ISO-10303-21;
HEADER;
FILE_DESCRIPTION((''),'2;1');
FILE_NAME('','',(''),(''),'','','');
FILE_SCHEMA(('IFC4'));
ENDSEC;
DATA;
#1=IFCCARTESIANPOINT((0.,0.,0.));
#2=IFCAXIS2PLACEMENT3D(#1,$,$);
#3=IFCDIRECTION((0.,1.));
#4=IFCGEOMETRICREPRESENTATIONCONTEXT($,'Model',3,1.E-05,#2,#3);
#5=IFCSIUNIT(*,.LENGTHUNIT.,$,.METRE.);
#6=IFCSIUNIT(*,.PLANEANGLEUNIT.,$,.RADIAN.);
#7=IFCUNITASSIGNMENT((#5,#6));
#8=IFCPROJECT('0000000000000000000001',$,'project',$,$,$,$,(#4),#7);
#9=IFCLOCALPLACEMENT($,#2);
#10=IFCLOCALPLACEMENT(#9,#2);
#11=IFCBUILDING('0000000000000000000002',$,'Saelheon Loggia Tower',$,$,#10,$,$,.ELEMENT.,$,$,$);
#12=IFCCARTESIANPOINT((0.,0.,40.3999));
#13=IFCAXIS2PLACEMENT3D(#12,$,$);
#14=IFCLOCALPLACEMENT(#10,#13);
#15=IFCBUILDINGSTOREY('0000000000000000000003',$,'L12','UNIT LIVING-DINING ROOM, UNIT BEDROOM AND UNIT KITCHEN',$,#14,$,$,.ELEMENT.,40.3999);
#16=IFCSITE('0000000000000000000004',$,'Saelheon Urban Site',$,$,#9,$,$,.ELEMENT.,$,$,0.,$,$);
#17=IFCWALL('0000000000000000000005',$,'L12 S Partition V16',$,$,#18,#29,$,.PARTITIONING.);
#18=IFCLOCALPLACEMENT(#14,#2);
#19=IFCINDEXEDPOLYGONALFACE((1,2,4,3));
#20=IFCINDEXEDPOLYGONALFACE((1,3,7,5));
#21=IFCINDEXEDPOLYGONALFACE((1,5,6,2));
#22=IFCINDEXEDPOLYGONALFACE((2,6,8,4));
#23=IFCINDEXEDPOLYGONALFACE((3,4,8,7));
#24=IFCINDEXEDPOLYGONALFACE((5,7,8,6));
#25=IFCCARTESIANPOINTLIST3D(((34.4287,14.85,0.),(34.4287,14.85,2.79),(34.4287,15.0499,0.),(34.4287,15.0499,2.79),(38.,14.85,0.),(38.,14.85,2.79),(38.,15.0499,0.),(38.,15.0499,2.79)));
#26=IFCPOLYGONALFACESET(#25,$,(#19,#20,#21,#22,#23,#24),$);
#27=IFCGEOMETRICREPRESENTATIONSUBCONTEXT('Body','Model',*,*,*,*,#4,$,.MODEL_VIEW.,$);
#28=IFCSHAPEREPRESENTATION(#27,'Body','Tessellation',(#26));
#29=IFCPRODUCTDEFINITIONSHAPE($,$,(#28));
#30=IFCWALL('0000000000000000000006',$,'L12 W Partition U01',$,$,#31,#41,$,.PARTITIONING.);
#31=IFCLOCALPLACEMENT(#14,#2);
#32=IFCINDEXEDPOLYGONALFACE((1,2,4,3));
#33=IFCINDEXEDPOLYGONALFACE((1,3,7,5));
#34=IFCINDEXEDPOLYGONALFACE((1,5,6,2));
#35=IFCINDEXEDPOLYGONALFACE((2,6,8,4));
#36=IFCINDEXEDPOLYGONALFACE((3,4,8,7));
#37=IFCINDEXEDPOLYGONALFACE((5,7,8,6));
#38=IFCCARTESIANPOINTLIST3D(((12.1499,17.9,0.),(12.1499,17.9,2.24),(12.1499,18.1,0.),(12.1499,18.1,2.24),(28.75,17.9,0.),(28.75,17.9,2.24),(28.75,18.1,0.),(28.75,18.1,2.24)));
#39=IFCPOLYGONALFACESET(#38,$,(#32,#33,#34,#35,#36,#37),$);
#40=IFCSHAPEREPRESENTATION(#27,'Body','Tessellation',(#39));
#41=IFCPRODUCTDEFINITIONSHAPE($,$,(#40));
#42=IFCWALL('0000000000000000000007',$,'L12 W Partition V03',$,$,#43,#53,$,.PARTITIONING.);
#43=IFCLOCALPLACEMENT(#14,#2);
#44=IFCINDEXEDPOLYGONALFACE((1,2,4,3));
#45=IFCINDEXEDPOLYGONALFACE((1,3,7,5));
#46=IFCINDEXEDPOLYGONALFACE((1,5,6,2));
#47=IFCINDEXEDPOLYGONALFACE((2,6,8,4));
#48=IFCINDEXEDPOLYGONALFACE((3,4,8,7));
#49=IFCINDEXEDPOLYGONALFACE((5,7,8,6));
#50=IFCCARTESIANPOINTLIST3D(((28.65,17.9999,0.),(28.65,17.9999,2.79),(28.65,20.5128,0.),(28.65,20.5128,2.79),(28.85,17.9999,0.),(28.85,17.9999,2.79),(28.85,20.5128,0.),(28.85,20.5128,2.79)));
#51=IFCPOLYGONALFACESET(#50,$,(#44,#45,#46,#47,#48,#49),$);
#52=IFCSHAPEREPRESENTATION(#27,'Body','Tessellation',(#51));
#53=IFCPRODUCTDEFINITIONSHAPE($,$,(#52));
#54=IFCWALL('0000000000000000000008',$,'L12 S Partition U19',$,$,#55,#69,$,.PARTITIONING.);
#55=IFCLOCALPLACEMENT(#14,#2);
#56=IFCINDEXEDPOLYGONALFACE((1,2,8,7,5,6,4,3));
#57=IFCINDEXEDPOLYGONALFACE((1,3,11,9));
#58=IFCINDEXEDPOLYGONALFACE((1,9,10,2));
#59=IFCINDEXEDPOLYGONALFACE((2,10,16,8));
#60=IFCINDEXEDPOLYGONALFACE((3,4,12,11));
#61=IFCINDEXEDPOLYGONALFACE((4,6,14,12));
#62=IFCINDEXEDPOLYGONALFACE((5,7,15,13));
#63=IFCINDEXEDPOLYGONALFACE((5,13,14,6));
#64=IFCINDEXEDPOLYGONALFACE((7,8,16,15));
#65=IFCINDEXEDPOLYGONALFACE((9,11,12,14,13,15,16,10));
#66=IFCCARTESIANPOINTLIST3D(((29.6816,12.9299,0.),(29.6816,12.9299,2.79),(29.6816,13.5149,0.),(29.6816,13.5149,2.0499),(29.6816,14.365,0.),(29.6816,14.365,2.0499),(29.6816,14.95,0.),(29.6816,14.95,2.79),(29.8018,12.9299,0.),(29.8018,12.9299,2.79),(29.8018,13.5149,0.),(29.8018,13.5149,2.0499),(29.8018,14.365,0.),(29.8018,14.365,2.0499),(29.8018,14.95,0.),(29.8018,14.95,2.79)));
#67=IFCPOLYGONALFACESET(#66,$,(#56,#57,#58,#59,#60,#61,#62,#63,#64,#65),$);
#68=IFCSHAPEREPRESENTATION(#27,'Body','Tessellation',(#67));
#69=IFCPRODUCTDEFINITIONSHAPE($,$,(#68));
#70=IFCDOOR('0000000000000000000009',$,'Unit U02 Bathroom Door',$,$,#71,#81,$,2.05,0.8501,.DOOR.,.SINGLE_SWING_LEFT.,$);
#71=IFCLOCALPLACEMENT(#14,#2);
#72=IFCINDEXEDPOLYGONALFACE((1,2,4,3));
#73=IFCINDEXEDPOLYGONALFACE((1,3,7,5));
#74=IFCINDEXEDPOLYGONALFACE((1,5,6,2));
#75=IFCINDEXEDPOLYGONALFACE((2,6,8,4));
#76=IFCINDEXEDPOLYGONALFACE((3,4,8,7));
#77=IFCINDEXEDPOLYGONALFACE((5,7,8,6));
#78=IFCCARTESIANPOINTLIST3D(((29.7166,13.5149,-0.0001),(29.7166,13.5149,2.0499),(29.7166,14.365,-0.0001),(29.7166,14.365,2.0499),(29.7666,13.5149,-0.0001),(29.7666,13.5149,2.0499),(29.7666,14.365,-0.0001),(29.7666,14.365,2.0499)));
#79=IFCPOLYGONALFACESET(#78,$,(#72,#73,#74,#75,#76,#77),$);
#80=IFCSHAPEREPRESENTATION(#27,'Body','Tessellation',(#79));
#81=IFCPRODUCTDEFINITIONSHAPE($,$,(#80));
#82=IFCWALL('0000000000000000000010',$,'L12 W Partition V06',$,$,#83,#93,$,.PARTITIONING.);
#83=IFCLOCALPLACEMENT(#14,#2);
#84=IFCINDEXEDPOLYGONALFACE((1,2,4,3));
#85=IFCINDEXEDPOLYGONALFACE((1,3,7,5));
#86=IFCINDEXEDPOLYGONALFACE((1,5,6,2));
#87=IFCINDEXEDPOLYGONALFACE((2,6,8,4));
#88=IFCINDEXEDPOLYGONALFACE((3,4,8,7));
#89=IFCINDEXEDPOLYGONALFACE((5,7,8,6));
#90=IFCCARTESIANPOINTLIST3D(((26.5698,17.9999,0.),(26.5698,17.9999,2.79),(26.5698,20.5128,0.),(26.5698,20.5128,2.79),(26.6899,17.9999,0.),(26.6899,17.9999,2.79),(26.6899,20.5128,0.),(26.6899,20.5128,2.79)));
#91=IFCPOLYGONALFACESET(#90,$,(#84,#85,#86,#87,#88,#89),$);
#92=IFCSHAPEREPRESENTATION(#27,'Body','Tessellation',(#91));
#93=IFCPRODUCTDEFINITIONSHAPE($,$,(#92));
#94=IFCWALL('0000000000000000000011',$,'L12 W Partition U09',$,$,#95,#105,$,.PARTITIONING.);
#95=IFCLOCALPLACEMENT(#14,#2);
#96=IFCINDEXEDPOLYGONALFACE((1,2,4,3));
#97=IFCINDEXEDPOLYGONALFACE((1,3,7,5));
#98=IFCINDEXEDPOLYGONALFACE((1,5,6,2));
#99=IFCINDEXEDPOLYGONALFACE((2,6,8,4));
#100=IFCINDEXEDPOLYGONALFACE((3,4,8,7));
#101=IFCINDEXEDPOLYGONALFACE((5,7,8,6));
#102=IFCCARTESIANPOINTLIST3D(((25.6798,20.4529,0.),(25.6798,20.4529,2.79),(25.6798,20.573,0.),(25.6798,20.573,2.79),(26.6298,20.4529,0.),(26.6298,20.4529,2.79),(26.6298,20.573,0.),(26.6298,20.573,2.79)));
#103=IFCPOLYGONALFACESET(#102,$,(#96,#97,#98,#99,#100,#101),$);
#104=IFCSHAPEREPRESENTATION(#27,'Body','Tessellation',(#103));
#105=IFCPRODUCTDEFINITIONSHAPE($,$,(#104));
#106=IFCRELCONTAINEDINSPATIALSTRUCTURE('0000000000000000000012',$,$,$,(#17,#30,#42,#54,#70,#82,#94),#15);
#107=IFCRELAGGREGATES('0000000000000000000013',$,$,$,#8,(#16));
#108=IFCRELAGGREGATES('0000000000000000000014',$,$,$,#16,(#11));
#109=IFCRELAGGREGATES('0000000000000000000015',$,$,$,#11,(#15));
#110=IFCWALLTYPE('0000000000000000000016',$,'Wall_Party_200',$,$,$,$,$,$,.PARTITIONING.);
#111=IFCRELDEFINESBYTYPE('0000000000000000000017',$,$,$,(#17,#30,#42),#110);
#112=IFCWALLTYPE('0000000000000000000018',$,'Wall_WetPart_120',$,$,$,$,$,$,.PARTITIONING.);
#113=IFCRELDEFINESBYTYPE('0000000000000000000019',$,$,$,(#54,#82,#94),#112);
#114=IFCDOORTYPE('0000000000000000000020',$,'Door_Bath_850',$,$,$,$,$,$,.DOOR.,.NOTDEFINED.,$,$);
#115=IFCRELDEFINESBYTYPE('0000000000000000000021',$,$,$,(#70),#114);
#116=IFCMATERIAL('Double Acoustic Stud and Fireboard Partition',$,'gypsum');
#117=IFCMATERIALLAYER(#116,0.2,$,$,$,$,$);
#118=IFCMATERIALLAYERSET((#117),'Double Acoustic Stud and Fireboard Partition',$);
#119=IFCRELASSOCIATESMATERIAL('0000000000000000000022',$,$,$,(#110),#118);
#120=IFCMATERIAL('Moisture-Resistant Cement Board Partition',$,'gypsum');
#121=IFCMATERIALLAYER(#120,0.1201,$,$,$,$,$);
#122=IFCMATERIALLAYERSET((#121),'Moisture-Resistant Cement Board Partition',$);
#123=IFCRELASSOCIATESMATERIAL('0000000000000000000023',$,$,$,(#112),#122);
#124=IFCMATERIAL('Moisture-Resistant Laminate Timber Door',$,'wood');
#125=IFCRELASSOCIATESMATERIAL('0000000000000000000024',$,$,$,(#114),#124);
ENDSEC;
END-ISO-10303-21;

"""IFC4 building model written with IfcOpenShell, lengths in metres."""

from ifc_helpers import new_model, si_unit, direction, frame, frame_2d, origin, place, context, subcontext, project, spatial, rectangle, extrude, source, transform, mapped, material, layer, layer_set, type_object, element, fill, save


model = new_model("IFC4")

# Units and contexts
model_context = context("Model", 3, precision=1e-05, world=origin(), true_north=direction((0.0, 1.0)))
body_context = subcontext(model_context, "Body", "Model", "MODEL_VIEW")
ifc_project = project(units=[si_unit("LENGTHUNIT", "METRE"), si_unit("PLANEANGLEUNIT", "RADIAN")], contexts=[model_context])

# Site, building, storey
site_placement = place(None, origin())
site = spatial("IfcSite", under=ifc_project, at=site_placement, Name="Saelheon Urban Site", CompositionType="ELEMENT", RefElevation=0.0)
building_placement = place(site_placement, origin())
building = spatial("IfcBuilding", under=site, at=building_placement, Name="Saelheon Loggia Tower", CompositionType="ELEMENT")
storey_placement = place(building_placement, frame((0.0, 0.0, 40.3999)))
storey = spatial("IfcBuildingStorey", under=building, at=storey_placement, Name="L12", Description="UNIT LIVING-DINING ROOM, UNIT BEDROOM AND UNIT KITCHEN", CompositionType="ELEMENT", Elevation=40.3999)

# Shared definitions
ifc_material_1 = material(Name="Double Acoustic Stud and Fireboard Partition", Category="gypsum")
ifc_layer_1 = layer(ifc_material_1, 0.2)
ifc_layer_set_1 = layer_set([ifc_layer_1], Name="Double Acoustic Stud and Fireboard Partition")
wall_type_1 = type_object("IfcWallType", Name="Wall_Party_200", PredefinedType="PARTITIONING", material=ifc_layer_set_1)

# Walls
wall_1_placement = place(storey_placement, frame((34.4287, 14.95, 0.0), z_axis=(0.0, 0.0, 1.0), x_axis=(1.0, 0.0, 0.0)))
element("IfcWall", 1, at=wall_1_placement, inside=storey, type_object=wall_type_1, Name="L12 S Partition V16", PredefinedType="PARTITIONING", context=body_context, shape_type="SweptSolid", body=[
    extrude(rectangle(XDim=3.5713, YDim=0.2, at=frame_2d((1.7856, 0.0))), origin(), (0.0, 0.0, 1.0), 2.79),
])
wall_2_placement = place(storey_placement, frame((28.75, 18.0, 0.0), z_axis=(0.0, 0.0, 1.0), x_axis=(-1.0, 0.0, 0.0)))
element("IfcWall", 2, at=wall_2_placement, inside=storey, type_object=wall_type_1, Name="L12 W Partition U01", PredefinedType="PARTITIONING", context=body_context, shape_type="SweptSolid", body=[
    extrude(rectangle(XDim=16.6001, YDim=0.2, at=frame_2d((8.3, 0.0))), origin(), (0.0, 0.0, 1.0), 2.24),
])
wall_3_placement = place(storey_placement, frame((28.75, 18.0, 0.0), z_axis=(0.0, 0.0, 1.0), x_axis=(0.0, 1.0, 0.0)))
element("IfcWall", 3, at=wall_3_placement, inside=storey, type_object=wall_type_1, Name="L12 W Partition V03", PredefinedType="PARTITIONING", context=body_context, shape_type="SweptSolid", body=[
    extrude(rectangle(XDim=2.5129, YDim=0.2, at=frame_2d((1.2563, 0.0))), origin(), (0.0, 0.0, 1.0), 2.79),
])

# Wall, opening, door
ifc_material_2 = material(Name="Moisture-Resistant Cement Board Partition", Category="gypsum")
ifc_layer_2 = layer(ifc_material_2, 0.1201)
ifc_layer_set_2 = layer_set([ifc_layer_2], Name="Moisture-Resistant Cement Board Partition")
wall_type_2 = type_object("IfcWallType", Name="Wall_WetPart_120", PredefinedType="PARTITIONING", material=ifc_layer_set_2)
wall_4_placement = place(storey_placement, frame((29.7417, 14.95, 0.0), z_axis=(0.0, 0.0, 1.0), x_axis=(0.0, -1.0, 0.0)))
wall_4 = element("IfcWall", 4, at=wall_4_placement, inside=storey, type_object=wall_type_2, Name="L12 S Partition U19", PredefinedType="PARTITIONING", context=body_context, shape_type="SweptSolid", body=[
    extrude(rectangle(XDim=2.02, YDim=0.1201, at=frame_2d((1.01, 0.0))), origin(), (0.0, 0.0, 1.0), 2.79),
])
opening_1_placement = place(wall_4_placement, frame((0.585, 0.0, 0.0)))
opening_1 = element("IfcOpeningElement", 5, at=opening_1_placement, cuts=wall_4, PredefinedType="OPENING", context=body_context, shape_type="SweptSolid", body=[
    extrude(rectangle(XDim=0.8501, YDim=2.05, at=frame_2d((0.425, 1.0249))), frame((0.0, 0.072, 0.0), z_axis=(0.0, -1.0, 0.0), x_axis=(1.0, 0.0, 0.0)), (0.0, 0.0, 1.0), 0.144),
])
ifc_material_3 = material(Name="Moisture-Resistant Laminate Timber Door", Category="wood")
door_type_1 = type_object("IfcDoorType", Name="Door_Bath_850", OperationType="NOTDEFINED", PredefinedType="DOOR", material=ifc_material_3)
shared_shape_1 = source(origin(), body_context, "Body", "SweptSolid", [
    extrude(rectangle(XDim=0.8501, YDim=2.05, at=frame_2d((0.425, 1.0249))), frame((0.0, 0.0249, 0.0), z_axis=(0.0, -1.0, 0.0), x_axis=(1.0, 0.0, 0.0)), (0.0, 0.0, 1.0), 0.05),
])
door_1_placement = place(opening_1_placement, origin())
door_1 = element("IfcDoor", 6, at=door_1_placement, inside=storey, type_object=door_type_1, Name="Unit U02 Bathroom Door", OperationType="SINGLE_SWING_LEFT", OverallHeight=2.05, OverallWidth=0.8501, PredefinedType="DOOR", context=body_context, shape_type="MappedRepresentation", body=[
    mapped(shared_shape_1, transform((0.0, 0.0, 0.0), scale=1.0)),
])
fill(opening_1, door_1)

# Walls
wall_5_placement = place(storey_placement, frame((26.6299, 18.0, 0.0), z_axis=(0.0, 0.0, 1.0), x_axis=(0.0, 1.0, 0.0)))
element("IfcWall", 7, at=wall_5_placement, inside=storey, type_object=wall_type_2, Name="L12 W Partition V06", PredefinedType="PARTITIONING", context=body_context, shape_type="SweptSolid", body=[
    extrude(rectangle(XDim=2.5129, YDim=0.1201, at=frame_2d((1.2563, 0.0))), origin(), (0.0, 0.0, 1.0), 2.79),
])
wall_6_placement = place(storey_placement, frame((26.6299, 20.5129, 0.0), z_axis=(0.0, 0.0, 1.0), x_axis=(-1.0, 0.0, 0.0)))
element("IfcWall", 8, at=wall_6_placement, inside=storey, type_object=wall_type_2, Name="L12 W Partition U09", PredefinedType="PARTITIONING", context=body_context, shape_type="SweptSolid", body=[
    extrude(rectangle(XDim=0.95, YDim=0.1201, at=frame_2d((0.4751, 0.0))), origin(), (0.0, 0.0, 1.0), 2.79),
])

save(model, "model.ifc")
